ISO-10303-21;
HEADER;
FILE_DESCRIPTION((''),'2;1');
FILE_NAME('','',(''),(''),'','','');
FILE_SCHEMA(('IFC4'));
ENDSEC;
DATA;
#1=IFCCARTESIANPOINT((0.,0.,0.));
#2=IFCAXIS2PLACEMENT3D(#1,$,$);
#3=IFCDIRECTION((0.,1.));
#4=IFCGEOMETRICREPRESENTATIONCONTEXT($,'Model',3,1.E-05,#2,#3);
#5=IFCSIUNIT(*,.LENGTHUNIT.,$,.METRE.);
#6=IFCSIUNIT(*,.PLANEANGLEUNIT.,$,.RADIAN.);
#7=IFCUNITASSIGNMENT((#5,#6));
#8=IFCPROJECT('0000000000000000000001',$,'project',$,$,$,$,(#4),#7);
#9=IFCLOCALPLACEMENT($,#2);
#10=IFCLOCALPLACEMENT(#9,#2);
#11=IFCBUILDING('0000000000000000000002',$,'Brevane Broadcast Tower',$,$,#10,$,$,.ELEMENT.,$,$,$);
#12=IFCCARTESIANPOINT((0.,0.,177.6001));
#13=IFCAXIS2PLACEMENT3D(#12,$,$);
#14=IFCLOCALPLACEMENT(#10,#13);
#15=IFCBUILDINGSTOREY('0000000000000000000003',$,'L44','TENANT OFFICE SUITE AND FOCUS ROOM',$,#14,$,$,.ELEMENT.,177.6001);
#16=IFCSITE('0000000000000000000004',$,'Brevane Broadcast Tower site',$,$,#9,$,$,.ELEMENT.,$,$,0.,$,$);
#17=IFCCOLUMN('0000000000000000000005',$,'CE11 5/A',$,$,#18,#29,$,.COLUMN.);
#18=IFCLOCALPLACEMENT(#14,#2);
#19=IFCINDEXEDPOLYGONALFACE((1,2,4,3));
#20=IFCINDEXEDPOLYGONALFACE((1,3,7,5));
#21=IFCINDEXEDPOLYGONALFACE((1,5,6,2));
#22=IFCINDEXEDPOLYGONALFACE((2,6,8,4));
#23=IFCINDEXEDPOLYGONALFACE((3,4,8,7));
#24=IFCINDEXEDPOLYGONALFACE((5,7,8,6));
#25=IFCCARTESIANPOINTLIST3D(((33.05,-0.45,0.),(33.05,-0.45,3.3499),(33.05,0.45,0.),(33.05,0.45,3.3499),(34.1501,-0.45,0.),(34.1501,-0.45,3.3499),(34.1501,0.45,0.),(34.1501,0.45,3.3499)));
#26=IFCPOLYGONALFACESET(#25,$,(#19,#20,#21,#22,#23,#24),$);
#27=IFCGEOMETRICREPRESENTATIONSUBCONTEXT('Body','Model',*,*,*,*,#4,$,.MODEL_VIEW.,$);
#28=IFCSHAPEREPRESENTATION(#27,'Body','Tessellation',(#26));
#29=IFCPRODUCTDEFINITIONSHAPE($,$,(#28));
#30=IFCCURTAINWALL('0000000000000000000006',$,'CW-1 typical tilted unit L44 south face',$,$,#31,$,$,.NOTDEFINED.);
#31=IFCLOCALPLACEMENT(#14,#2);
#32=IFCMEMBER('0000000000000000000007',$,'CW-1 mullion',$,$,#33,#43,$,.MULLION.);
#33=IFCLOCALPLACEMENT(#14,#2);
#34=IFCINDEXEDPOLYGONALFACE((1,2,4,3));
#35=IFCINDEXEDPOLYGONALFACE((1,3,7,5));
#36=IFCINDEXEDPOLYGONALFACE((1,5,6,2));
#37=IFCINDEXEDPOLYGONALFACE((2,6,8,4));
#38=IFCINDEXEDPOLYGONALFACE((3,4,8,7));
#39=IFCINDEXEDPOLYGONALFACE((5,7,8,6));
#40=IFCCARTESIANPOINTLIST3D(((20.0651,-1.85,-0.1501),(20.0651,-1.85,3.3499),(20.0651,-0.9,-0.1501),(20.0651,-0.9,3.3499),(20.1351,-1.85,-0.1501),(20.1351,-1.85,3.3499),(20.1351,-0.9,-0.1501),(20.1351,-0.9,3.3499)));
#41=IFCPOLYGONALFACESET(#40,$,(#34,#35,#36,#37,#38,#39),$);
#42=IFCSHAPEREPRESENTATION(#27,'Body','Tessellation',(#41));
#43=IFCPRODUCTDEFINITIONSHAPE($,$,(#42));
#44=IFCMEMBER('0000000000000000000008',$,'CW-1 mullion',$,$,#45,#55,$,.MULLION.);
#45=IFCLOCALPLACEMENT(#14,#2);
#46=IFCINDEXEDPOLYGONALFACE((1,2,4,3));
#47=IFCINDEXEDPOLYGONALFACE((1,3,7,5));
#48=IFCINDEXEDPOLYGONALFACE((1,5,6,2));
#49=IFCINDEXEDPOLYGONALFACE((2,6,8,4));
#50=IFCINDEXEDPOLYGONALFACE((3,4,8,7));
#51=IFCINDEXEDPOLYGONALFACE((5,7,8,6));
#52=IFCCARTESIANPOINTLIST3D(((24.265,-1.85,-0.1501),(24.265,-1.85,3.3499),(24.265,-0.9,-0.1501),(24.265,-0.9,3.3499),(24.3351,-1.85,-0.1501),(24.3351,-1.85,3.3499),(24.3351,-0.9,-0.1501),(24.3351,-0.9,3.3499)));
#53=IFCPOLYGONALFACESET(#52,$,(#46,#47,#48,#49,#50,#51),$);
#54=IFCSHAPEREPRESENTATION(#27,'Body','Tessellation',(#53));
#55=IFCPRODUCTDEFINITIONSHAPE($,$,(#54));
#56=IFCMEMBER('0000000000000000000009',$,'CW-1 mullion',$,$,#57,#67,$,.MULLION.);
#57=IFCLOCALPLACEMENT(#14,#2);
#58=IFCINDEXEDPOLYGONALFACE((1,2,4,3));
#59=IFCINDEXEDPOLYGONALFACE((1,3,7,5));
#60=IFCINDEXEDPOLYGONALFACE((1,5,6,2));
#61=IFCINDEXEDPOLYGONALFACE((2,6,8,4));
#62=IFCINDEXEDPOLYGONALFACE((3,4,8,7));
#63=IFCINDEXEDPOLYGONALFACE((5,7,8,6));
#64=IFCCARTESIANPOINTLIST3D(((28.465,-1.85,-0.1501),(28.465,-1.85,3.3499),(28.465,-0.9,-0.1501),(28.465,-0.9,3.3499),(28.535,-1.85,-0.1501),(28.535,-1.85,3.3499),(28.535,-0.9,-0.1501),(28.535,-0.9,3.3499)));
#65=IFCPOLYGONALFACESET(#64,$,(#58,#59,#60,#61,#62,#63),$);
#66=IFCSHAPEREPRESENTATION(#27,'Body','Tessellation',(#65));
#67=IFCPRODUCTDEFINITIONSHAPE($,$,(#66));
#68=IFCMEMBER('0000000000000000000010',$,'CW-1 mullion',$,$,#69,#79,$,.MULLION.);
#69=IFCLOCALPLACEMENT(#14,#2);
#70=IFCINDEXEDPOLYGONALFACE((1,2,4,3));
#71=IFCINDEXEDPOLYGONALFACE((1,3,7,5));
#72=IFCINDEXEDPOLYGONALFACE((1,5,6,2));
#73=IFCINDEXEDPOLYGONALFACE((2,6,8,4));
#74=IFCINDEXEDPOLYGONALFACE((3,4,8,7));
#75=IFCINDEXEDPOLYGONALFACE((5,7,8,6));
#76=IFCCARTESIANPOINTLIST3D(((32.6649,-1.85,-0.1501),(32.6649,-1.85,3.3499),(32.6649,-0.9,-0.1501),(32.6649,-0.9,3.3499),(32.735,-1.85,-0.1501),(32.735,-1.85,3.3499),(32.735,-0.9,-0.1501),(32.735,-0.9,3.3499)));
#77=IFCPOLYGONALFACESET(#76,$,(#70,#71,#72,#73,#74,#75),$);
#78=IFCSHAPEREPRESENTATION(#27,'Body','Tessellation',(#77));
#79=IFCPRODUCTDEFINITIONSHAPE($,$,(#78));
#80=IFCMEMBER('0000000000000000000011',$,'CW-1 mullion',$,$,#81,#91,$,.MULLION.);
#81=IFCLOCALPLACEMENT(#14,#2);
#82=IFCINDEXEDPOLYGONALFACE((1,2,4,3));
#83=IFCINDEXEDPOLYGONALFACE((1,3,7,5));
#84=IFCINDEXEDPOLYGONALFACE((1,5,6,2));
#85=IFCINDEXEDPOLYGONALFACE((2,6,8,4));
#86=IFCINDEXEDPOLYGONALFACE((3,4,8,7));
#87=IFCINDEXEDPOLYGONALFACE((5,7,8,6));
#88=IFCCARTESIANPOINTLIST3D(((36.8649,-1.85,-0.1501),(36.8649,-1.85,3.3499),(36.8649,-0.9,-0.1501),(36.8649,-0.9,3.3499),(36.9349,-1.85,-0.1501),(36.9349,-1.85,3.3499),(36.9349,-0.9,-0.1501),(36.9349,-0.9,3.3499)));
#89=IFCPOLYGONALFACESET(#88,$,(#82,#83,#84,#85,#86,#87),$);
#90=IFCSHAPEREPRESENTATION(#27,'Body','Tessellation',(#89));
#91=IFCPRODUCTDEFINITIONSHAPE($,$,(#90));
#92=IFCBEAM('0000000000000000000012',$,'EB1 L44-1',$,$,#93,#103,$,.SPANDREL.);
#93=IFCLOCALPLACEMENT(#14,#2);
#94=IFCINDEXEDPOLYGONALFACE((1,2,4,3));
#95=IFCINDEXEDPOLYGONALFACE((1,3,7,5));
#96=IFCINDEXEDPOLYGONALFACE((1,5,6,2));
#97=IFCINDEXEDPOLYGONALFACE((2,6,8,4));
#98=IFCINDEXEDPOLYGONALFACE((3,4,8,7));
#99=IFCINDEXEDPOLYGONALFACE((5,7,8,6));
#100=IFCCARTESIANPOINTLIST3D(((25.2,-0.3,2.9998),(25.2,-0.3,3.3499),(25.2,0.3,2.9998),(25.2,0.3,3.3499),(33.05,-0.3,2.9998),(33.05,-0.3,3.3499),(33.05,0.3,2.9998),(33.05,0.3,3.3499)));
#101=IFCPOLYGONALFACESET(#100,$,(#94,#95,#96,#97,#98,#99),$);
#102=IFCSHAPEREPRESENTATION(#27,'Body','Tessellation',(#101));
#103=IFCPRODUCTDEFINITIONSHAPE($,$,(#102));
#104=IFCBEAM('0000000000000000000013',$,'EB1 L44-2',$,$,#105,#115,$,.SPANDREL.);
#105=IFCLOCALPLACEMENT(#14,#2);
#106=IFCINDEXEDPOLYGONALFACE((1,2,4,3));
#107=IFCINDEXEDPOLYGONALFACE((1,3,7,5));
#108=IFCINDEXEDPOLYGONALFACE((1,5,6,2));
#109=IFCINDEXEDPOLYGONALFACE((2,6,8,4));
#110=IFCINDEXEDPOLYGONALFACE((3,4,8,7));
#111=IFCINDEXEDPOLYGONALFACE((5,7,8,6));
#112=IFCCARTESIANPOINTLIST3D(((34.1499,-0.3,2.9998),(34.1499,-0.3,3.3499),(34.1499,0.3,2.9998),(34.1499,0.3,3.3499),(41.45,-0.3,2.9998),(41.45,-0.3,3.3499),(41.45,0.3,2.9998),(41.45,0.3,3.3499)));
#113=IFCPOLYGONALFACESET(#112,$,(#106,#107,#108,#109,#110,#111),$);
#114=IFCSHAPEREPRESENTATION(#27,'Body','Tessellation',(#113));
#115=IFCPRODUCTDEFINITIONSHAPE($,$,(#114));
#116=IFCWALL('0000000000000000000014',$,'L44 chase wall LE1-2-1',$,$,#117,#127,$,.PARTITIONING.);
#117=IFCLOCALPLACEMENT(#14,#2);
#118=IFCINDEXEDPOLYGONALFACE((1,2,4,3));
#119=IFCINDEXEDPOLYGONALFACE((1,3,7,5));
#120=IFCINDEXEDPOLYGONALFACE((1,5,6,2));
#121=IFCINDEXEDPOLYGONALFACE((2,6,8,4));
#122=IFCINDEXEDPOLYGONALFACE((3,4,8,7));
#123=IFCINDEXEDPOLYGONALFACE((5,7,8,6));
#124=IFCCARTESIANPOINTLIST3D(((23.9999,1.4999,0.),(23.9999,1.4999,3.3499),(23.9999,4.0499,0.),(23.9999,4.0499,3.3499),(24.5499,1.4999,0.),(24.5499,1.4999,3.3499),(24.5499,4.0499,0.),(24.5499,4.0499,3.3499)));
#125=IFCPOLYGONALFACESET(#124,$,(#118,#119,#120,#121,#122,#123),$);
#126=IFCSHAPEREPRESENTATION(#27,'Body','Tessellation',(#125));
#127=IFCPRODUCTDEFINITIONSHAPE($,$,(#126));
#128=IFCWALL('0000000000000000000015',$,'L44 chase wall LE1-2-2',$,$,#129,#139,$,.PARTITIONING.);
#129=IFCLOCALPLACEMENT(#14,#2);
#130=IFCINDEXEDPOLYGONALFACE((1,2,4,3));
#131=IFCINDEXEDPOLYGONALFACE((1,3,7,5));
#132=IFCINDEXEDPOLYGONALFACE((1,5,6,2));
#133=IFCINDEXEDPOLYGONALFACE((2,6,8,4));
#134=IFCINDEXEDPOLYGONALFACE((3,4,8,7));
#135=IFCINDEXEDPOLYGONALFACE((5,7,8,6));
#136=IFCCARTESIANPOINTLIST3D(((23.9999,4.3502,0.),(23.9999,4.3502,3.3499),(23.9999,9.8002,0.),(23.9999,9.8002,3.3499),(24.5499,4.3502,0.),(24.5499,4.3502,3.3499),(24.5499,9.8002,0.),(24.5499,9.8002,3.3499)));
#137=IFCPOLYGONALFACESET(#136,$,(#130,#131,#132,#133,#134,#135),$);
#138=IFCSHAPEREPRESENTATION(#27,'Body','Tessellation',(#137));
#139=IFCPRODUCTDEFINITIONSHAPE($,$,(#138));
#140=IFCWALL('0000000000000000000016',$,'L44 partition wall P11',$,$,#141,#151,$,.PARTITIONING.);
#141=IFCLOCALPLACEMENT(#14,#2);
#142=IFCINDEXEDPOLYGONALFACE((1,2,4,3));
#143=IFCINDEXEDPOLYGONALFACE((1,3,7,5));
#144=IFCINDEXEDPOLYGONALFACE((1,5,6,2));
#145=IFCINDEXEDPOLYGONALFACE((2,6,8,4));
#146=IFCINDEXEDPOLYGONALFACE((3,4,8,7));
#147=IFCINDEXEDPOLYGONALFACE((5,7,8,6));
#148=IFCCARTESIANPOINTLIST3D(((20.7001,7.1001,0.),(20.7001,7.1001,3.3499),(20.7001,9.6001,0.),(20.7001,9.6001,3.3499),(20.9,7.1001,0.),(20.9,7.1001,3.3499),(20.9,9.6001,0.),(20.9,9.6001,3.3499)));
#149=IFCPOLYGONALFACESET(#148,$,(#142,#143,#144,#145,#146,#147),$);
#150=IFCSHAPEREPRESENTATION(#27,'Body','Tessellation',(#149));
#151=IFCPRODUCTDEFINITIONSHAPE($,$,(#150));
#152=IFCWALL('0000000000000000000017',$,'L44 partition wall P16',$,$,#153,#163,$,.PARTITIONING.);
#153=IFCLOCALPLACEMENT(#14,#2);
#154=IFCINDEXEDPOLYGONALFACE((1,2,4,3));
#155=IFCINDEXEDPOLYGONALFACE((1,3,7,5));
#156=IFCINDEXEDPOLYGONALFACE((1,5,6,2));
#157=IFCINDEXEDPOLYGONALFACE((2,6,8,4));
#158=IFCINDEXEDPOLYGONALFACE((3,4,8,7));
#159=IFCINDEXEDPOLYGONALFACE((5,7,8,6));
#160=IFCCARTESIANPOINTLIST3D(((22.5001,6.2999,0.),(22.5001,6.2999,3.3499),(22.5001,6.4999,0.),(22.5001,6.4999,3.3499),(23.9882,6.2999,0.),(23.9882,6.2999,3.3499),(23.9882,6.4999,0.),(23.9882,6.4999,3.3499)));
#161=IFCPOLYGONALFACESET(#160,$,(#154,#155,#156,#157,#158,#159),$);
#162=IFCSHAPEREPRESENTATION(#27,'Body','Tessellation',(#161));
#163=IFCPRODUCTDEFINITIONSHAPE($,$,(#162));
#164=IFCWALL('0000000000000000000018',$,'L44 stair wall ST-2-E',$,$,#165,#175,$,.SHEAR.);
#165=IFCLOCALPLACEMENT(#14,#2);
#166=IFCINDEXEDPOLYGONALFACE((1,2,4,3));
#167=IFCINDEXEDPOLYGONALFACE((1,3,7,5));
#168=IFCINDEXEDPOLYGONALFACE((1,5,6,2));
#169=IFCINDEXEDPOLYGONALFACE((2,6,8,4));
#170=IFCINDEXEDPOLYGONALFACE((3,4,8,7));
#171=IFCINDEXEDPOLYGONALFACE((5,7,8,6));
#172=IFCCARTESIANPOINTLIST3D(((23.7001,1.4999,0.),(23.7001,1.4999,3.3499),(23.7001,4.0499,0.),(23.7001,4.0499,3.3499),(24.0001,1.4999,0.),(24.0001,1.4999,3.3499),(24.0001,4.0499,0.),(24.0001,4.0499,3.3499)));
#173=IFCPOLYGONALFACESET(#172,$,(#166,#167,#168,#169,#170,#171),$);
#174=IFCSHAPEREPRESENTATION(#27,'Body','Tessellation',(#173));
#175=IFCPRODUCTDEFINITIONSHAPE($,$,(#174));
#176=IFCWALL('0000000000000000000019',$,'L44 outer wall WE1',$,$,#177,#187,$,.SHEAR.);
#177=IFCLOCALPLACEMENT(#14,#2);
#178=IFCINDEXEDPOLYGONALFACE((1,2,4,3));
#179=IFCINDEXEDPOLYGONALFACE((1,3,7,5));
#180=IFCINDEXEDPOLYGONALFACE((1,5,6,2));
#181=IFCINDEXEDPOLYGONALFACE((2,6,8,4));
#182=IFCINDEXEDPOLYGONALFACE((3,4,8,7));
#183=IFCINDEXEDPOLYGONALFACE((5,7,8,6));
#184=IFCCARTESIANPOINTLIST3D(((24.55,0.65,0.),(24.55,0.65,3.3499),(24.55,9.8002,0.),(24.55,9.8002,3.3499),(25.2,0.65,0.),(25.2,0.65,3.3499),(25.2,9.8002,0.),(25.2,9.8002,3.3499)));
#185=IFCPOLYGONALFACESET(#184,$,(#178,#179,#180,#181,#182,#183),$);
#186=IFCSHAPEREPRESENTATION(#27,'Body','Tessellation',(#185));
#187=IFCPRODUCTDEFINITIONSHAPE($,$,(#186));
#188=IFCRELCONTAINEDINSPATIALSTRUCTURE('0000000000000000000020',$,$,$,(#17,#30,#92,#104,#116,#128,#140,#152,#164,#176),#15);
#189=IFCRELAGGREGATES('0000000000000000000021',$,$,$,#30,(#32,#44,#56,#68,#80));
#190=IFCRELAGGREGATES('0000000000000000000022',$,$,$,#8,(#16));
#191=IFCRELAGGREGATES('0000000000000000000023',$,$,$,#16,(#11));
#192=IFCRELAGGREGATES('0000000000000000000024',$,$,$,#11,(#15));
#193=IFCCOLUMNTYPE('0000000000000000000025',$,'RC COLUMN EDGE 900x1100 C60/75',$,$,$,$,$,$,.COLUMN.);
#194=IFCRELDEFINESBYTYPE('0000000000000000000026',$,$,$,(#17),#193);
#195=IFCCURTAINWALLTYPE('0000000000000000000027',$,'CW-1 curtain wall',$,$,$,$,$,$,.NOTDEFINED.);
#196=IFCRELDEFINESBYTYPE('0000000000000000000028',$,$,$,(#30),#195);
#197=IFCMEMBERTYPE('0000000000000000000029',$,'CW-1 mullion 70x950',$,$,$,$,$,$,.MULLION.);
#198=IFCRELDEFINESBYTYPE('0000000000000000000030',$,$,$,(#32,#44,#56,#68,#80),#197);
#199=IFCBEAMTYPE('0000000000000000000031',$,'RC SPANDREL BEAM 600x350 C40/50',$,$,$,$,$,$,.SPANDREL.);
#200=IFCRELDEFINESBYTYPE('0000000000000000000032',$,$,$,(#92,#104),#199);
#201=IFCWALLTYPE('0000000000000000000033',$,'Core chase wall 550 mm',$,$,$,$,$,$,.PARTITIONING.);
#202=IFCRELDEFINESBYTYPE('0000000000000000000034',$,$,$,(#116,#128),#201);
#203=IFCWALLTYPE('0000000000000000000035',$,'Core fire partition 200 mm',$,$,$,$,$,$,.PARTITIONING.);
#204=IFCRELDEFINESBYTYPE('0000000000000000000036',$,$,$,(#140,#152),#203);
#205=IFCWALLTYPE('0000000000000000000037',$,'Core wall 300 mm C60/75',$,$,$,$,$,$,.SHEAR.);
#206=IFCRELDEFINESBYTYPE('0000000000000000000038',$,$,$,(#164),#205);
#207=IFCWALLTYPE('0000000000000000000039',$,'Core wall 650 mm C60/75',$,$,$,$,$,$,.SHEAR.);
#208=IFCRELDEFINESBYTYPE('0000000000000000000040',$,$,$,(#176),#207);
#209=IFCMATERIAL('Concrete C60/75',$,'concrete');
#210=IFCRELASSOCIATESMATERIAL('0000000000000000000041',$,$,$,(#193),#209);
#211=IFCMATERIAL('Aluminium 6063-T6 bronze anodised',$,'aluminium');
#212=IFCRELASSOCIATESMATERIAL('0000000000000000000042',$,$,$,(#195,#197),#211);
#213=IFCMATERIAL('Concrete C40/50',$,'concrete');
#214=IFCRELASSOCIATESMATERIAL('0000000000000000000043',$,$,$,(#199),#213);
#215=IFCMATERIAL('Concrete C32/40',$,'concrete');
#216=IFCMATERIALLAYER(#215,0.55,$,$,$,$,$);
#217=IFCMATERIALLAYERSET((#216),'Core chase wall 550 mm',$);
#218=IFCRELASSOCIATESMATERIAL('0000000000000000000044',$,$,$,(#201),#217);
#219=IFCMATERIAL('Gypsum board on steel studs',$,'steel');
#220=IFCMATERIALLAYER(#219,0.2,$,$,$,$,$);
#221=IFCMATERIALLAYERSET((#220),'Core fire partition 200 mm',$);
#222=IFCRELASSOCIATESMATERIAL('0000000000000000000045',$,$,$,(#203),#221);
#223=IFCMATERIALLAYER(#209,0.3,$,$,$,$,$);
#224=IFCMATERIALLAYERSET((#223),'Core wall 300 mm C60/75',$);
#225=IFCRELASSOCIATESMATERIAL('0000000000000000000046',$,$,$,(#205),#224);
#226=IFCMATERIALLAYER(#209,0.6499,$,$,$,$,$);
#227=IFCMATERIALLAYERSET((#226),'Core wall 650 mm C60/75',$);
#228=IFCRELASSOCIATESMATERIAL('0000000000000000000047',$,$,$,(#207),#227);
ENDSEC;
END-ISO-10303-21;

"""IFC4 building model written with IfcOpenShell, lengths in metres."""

from ifc_helpers import new_model, si_unit, direction, frame, frame_2d, origin, origin_2d, place, context, subcontext, project, spatial, rectangle, extrude, material, layer, layer_set, material_profile, profile_set, type_object, element, aggregate, save


model = new_model("IFC4")

# Units and contexts
model_context = context("Model", 3, precision=1e-05, world=origin(), true_north=direction((0.0, 1.0)))
body_context = subcontext(model_context, "Body", "Model", "MODEL_VIEW")
ifc_project = project(units=[si_unit("LENGTHUNIT", "METRE"), si_unit("PLANEANGLEUNIT", "RADIAN")], contexts=[model_context])

# Site, building, storey
site_placement = place(None, origin())
site = spatial("IfcSite", under=ifc_project, at=site_placement, Name="Brevane Broadcast Tower site", CompositionType="ELEMENT", RefElevation=0.0)
building_placement = place(site_placement, origin())
building = spatial("IfcBuilding", under=site, at=building_placement, Name="Brevane Broadcast Tower", CompositionType="ELEMENT")
storey_placement = place(building_placement, frame((0.0, 0.0, 177.6001)))
storey = spatial("IfcBuildingStorey", under=building, at=storey_placement, Name="L44", Description="TENANT OFFICE SUITE AND FOCUS ROOM", CompositionType="ELEMENT", Elevation=177.6001)

# Column
ifc_material_1 = material(Name="Concrete C60/75", Category="concrete")
ifc_material_profile_1 = material_profile(ifc_material_1, rectangle(XDim=0.8999, YDim=1.1001, at=origin_2d()), Name="RC 900x1100")
ifc_profile_set_1 = profile_set([ifc_material_profile_1], Name="Concrete C60/75")
column_type = type_object("IfcColumnType", Name="RC COLUMN EDGE 900x1100 C60/75", PredefinedType="COLUMN", material=ifc_profile_set_1)
column_placement = place(storey_placement, frame((33.6001, 0.0, 0.0), z_axis=(0.0, 0.0, 1.0), x_axis=(0.0, 1.0, 0.0)))
element("IfcColumn", 1, at=column_placement, inside=storey, type_object=column_type, Name="CE11 5/A", PredefinedType="COLUMN", context=body_context, shape_type="SweptSolid", body=[
    extrude(rectangle(XDim=0.8999, YDim=1.1001, at=origin_2d()), origin(), (0.0, 0.0, 1.0), 3.3499),
])

# Curtain wall, members
ifc_material_2 = material(Name="Aluminium 6063-T6 bronze anodised", Category="aluminium")
curtain_wall_type = type_object("IfcCurtainWallType", Name="CW-1 curtain wall", PredefinedType="NOTDEFINED", material=ifc_material_2)
curtain_wall_placement = place(storey_placement, origin())
curtain_wall = element("IfcCurtainWall", 2, at=curtain_wall_placement, inside=storey, type_object=curtain_wall_type, Name="CW-1 typical tilted unit L44 south face", PredefinedType="NOTDEFINED")
ifc_material_profile_2 = material_profile(ifc_material_2, rectangle(XDim=0.95, YDim=0.0701, at=origin_2d()), Name="RECT 70x950")
ifc_profile_set_2 = profile_set([ifc_material_profile_2], Name="Aluminium 6063-T6 bronze anodised")
member_type = type_object("IfcMemberType", Name="CW-1 mullion 70x950", PredefinedType="MULLION", material=ifc_profile_set_2)
member_1_placement = place(storey_placement, frame((20.1001, -1.375, -0.1501), z_axis=(0.0, 0.0, 1.0), x_axis=(0.0, 1.0, 0.0)))
member_1 = element("IfcMember", 3, at=member_1_placement, type_object=member_type, Name="CW-1 mullion", PredefinedType="MULLION", context=body_context, shape_type="SweptSolid", body=[
    extrude(rectangle(XDim=0.95, YDim=0.0701, at=origin_2d()), origin(), (0.0, 0.0, 1.0), 3.5),
])
member_2_placement = place(storey_placement, frame((24.3, -1.375, -0.1501), z_axis=(0.0, 0.0, 1.0), x_axis=(0.0, 1.0, 0.0)))
member_2 = element("IfcMember", 4, at=member_2_placement, type_object=member_type, Name="CW-1 mullion", PredefinedType="MULLION", context=body_context, shape_type="SweptSolid", body=[
    extrude(rectangle(XDim=0.95, YDim=0.0701, at=origin_2d()), origin(), (0.0, 0.0, 1.0), 3.5),
])
member_3_placement = place(storey_placement, frame((28.5, -1.375, -0.1501), z_axis=(0.0, 0.0, 1.0), x_axis=(0.0, 1.0, 0.0)))
member_3 = element("IfcMember", 5, at=member_3_placement, type_object=member_type, Name="CW-1 mullion", PredefinedType="MULLION", context=body_context, shape_type="SweptSolid", body=[
    extrude(rectangle(XDim=0.95, YDim=0.0701, at=origin_2d()), origin(), (0.0, 0.0, 1.0), 3.5),
])
member_4_placement = place(storey_placement, frame((32.7, -1.375, -0.1501), z_axis=(0.0, 0.0, 1.0), x_axis=(0.0, 1.0, 0.0)))
member_4 = element("IfcMember", 6, at=member_4_placement, type_object=member_type, Name="CW-1 mullion", PredefinedType="MULLION", context=body_context, shape_type="SweptSolid", body=[
    extrude(rectangle(XDim=0.95, YDim=0.0701, at=origin_2d()), origin(), (0.0, 0.0, 1.0), 3.5),
])
member_5_placement = place(storey_placement, frame((36.8999, -1.375, -0.1501), z_axis=(0.0, 0.0, 1.0), x_axis=(0.0, 1.0, 0.0)))
member_5 = element("IfcMember", 7, at=member_5_placement, type_object=member_type, Name="CW-1 mullion", PredefinedType="MULLION", context=body_context, shape_type="SweptSolid", body=[
    extrude(rectangle(XDim=0.95, YDim=0.0701, at=origin_2d()), origin(), (0.0, 0.0, 1.0), 3.5),
])
aggregate(curtain_wall, [member_1, member_2, member_3, member_4, member_5])

# Beams
ifc_material_3 = material(Name="Concrete C40/50", Category="concrete")
ifc_material_profile_3 = material_profile(ifc_material_3, rectangle(XDim=0.6001, YDim=0.3501, at=origin_2d()), Name="RC 600x350")
ifc_profile_set_3 = profile_set([ifc_material_profile_3], Name="Concrete C40/50")
beam_type = type_object("IfcBeamType", Name="RC SPANDREL BEAM 600x350 C40/50", PredefinedType="SPANDREL", material=ifc_profile_set_3)
beam_1_placement = place(storey_placement, frame((25.2, 0.0, 3.1748), z_axis=(1.0, 0.0, 0.0), x_axis=(0.0, 1.0, 0.0)))
element("IfcBeam", 8, at=beam_1_placement, inside=storey, type_object=beam_type, Name="EB1 L44-1", PredefinedType="SPANDREL", context=body_context, shape_type="SweptSolid", body=[
    extrude(rectangle(XDim=0.6001, YDim=0.3501, at=origin_2d()), origin(), (0.0, 0.0, 1.0), 7.8501),
])
beam_2_placement = place(storey_placement, frame((34.1499, 0.0, 3.1748), z_axis=(1.0, 0.0, 0.0), x_axis=(0.0, 1.0, 0.0)))
element("IfcBeam", 9, at=beam_2_placement, inside=storey, type_object=beam_type, Name="EB1 L44-2", PredefinedType="SPANDREL", context=body_context, shape_type="SweptSolid", body=[
    extrude(rectangle(XDim=0.6001, YDim=0.3501, at=origin_2d()), origin(), (0.0, 0.0, 1.0), 7.3),
])

# Walls
ifc_material_4 = material(Name="Concrete C32/40", Category="concrete")
ifc_layer_1 = layer(ifc_material_4, 0.55)
ifc_layer_set_1 = layer_set([ifc_layer_1], Name="Core chase wall 550 mm")
wall_type_1 = type_object("IfcWallType", Name="Core chase wall 550 mm", PredefinedType="PARTITIONING", material=ifc_layer_set_1)
wall_1_placement = place(storey_placement, frame((24.2749, 1.5, 0.0), z_axis=(0.0, 0.0, 1.0), x_axis=(0.0, 1.0, 0.0)))
element("IfcWall", 10, at=wall_1_placement, inside=storey, type_object=wall_type_1, Name="L44 chase wall LE1-2-1", PredefinedType="PARTITIONING", context=body_context, shape_type="SweptSolid", body=[
    extrude(rectangle(XDim=2.55, YDim=0.55, at=frame_2d((1.2749, 0.0))), origin(), (0.0, 0.0, 1.0), 3.3499),
])
wall_2_placement = place(storey_placement, frame((24.2749, 4.3501, 0.0), z_axis=(0.0, 0.0, 1.0), x_axis=(0.0, 1.0, 0.0)))
element("IfcWall", 11, at=wall_2_placement, inside=storey, type_object=wall_type_1, Name="L44 chase wall LE1-2-2", PredefinedType="PARTITIONING", context=body_context, shape_type="SweptSolid", body=[
    extrude(rectangle(XDim=5.45, YDim=0.55, at=frame_2d((2.7251, 0.0))), origin(), (0.0, 0.0, 1.0), 3.3499),
])
ifc_material_5 = material(Name="Gypsum board on steel studs", Category="steel")
ifc_layer_2 = layer(ifc_material_5, 0.2)
ifc_layer_set_2 = layer_set([ifc_layer_2], Name="Core fire partition 200 mm")
wall_type_2 = type_object("IfcWallType", Name="Core fire partition 200 mm", PredefinedType="PARTITIONING", material=ifc_layer_set_2)
wall_3_placement = place(storey_placement, frame((20.8, 7.1001, 0.0), z_axis=(0.0, 0.0, 1.0), x_axis=(0.0, 1.0, 0.0)))
element("IfcWall", 12, at=wall_3_placement, inside=storey, type_object=wall_type_2, Name="L44 partition wall P11", PredefinedType="PARTITIONING", context=body_context, shape_type="SweptSolid", body=[
    extrude(rectangle(XDim=2.5, YDim=0.2, at=frame_2d((1.25, 0.0))), origin(), (0.0, 0.0, 1.0), 3.3499),
])
wall_4_placement = place(storey_placement, frame((22.5, 6.3999, 0.0), z_axis=(0.0, 0.0, 1.0), x_axis=(1.0, 0.0, 0.0)))
element("IfcWall", 13, at=wall_4_placement, inside=storey, type_object=wall_type_2, Name="L44 partition wall P16", PredefinedType="PARTITIONING", context=body_context, shape_type="SweptSolid", body=[
    extrude(rectangle(XDim=1.488, YDim=0.2, at=frame_2d((0.7441, 0.0))), origin(), (0.0, 0.0, 1.0), 3.3499),
])
ifc_layer_3 = layer(ifc_material_1, 0.3)
ifc_layer_set_3 = layer_set([ifc_layer_3], Name="Core wall 300 mm C60/75")
wall_type_3 = type_object("IfcWallType", Name="Core wall 300 mm C60/75", PredefinedType="SHEAR", material=ifc_layer_set_3)
wall_5_placement = place(storey_placement, frame((23.8501, 1.5, 0.0), z_axis=(0.0, 0.0, 1.0), x_axis=(0.0, 1.0, 0.0)))
element("IfcWall", 14, at=wall_5_placement, inside=storey, type_object=wall_type_3, Name="L44 stair wall ST-2-E", PredefinedType="SHEAR", context=body_context, shape_type="SweptSolid", body=[
    extrude(rectangle(XDim=2.55, YDim=0.3, at=frame_2d((1.2749, 0.0))), origin(), (0.0, 0.0, 1.0), 3.3499),
])
ifc_layer_4 = layer(ifc_material_1, 0.6499)
ifc_layer_set_4 = layer_set([ifc_layer_4], Name="Core wall 650 mm C60/75")
wall_type_4 = type_object("IfcWallType", Name="Core wall 650 mm C60/75", PredefinedType="SHEAR", material=ifc_layer_set_4)
wall_6_placement = place(storey_placement, frame((24.875, 0.6499, 0.0), z_axis=(0.0, 0.0, 1.0), x_axis=(0.0, 1.0, 0.0)))
element("IfcWall", 15, at=wall_6_placement, inside=storey, type_object=wall_type_4, Name="L44 outer wall WE1", PredefinedType="SHEAR", context=body_context, shape_type="SweptSolid", body=[
    extrude(rectangle(XDim=9.1501, YDim=0.6499, at=frame_2d((4.5752, 0.0))), origin(), (0.0, 0.0, 1.0), 3.3499),
])

save(model, "model.ifc")
